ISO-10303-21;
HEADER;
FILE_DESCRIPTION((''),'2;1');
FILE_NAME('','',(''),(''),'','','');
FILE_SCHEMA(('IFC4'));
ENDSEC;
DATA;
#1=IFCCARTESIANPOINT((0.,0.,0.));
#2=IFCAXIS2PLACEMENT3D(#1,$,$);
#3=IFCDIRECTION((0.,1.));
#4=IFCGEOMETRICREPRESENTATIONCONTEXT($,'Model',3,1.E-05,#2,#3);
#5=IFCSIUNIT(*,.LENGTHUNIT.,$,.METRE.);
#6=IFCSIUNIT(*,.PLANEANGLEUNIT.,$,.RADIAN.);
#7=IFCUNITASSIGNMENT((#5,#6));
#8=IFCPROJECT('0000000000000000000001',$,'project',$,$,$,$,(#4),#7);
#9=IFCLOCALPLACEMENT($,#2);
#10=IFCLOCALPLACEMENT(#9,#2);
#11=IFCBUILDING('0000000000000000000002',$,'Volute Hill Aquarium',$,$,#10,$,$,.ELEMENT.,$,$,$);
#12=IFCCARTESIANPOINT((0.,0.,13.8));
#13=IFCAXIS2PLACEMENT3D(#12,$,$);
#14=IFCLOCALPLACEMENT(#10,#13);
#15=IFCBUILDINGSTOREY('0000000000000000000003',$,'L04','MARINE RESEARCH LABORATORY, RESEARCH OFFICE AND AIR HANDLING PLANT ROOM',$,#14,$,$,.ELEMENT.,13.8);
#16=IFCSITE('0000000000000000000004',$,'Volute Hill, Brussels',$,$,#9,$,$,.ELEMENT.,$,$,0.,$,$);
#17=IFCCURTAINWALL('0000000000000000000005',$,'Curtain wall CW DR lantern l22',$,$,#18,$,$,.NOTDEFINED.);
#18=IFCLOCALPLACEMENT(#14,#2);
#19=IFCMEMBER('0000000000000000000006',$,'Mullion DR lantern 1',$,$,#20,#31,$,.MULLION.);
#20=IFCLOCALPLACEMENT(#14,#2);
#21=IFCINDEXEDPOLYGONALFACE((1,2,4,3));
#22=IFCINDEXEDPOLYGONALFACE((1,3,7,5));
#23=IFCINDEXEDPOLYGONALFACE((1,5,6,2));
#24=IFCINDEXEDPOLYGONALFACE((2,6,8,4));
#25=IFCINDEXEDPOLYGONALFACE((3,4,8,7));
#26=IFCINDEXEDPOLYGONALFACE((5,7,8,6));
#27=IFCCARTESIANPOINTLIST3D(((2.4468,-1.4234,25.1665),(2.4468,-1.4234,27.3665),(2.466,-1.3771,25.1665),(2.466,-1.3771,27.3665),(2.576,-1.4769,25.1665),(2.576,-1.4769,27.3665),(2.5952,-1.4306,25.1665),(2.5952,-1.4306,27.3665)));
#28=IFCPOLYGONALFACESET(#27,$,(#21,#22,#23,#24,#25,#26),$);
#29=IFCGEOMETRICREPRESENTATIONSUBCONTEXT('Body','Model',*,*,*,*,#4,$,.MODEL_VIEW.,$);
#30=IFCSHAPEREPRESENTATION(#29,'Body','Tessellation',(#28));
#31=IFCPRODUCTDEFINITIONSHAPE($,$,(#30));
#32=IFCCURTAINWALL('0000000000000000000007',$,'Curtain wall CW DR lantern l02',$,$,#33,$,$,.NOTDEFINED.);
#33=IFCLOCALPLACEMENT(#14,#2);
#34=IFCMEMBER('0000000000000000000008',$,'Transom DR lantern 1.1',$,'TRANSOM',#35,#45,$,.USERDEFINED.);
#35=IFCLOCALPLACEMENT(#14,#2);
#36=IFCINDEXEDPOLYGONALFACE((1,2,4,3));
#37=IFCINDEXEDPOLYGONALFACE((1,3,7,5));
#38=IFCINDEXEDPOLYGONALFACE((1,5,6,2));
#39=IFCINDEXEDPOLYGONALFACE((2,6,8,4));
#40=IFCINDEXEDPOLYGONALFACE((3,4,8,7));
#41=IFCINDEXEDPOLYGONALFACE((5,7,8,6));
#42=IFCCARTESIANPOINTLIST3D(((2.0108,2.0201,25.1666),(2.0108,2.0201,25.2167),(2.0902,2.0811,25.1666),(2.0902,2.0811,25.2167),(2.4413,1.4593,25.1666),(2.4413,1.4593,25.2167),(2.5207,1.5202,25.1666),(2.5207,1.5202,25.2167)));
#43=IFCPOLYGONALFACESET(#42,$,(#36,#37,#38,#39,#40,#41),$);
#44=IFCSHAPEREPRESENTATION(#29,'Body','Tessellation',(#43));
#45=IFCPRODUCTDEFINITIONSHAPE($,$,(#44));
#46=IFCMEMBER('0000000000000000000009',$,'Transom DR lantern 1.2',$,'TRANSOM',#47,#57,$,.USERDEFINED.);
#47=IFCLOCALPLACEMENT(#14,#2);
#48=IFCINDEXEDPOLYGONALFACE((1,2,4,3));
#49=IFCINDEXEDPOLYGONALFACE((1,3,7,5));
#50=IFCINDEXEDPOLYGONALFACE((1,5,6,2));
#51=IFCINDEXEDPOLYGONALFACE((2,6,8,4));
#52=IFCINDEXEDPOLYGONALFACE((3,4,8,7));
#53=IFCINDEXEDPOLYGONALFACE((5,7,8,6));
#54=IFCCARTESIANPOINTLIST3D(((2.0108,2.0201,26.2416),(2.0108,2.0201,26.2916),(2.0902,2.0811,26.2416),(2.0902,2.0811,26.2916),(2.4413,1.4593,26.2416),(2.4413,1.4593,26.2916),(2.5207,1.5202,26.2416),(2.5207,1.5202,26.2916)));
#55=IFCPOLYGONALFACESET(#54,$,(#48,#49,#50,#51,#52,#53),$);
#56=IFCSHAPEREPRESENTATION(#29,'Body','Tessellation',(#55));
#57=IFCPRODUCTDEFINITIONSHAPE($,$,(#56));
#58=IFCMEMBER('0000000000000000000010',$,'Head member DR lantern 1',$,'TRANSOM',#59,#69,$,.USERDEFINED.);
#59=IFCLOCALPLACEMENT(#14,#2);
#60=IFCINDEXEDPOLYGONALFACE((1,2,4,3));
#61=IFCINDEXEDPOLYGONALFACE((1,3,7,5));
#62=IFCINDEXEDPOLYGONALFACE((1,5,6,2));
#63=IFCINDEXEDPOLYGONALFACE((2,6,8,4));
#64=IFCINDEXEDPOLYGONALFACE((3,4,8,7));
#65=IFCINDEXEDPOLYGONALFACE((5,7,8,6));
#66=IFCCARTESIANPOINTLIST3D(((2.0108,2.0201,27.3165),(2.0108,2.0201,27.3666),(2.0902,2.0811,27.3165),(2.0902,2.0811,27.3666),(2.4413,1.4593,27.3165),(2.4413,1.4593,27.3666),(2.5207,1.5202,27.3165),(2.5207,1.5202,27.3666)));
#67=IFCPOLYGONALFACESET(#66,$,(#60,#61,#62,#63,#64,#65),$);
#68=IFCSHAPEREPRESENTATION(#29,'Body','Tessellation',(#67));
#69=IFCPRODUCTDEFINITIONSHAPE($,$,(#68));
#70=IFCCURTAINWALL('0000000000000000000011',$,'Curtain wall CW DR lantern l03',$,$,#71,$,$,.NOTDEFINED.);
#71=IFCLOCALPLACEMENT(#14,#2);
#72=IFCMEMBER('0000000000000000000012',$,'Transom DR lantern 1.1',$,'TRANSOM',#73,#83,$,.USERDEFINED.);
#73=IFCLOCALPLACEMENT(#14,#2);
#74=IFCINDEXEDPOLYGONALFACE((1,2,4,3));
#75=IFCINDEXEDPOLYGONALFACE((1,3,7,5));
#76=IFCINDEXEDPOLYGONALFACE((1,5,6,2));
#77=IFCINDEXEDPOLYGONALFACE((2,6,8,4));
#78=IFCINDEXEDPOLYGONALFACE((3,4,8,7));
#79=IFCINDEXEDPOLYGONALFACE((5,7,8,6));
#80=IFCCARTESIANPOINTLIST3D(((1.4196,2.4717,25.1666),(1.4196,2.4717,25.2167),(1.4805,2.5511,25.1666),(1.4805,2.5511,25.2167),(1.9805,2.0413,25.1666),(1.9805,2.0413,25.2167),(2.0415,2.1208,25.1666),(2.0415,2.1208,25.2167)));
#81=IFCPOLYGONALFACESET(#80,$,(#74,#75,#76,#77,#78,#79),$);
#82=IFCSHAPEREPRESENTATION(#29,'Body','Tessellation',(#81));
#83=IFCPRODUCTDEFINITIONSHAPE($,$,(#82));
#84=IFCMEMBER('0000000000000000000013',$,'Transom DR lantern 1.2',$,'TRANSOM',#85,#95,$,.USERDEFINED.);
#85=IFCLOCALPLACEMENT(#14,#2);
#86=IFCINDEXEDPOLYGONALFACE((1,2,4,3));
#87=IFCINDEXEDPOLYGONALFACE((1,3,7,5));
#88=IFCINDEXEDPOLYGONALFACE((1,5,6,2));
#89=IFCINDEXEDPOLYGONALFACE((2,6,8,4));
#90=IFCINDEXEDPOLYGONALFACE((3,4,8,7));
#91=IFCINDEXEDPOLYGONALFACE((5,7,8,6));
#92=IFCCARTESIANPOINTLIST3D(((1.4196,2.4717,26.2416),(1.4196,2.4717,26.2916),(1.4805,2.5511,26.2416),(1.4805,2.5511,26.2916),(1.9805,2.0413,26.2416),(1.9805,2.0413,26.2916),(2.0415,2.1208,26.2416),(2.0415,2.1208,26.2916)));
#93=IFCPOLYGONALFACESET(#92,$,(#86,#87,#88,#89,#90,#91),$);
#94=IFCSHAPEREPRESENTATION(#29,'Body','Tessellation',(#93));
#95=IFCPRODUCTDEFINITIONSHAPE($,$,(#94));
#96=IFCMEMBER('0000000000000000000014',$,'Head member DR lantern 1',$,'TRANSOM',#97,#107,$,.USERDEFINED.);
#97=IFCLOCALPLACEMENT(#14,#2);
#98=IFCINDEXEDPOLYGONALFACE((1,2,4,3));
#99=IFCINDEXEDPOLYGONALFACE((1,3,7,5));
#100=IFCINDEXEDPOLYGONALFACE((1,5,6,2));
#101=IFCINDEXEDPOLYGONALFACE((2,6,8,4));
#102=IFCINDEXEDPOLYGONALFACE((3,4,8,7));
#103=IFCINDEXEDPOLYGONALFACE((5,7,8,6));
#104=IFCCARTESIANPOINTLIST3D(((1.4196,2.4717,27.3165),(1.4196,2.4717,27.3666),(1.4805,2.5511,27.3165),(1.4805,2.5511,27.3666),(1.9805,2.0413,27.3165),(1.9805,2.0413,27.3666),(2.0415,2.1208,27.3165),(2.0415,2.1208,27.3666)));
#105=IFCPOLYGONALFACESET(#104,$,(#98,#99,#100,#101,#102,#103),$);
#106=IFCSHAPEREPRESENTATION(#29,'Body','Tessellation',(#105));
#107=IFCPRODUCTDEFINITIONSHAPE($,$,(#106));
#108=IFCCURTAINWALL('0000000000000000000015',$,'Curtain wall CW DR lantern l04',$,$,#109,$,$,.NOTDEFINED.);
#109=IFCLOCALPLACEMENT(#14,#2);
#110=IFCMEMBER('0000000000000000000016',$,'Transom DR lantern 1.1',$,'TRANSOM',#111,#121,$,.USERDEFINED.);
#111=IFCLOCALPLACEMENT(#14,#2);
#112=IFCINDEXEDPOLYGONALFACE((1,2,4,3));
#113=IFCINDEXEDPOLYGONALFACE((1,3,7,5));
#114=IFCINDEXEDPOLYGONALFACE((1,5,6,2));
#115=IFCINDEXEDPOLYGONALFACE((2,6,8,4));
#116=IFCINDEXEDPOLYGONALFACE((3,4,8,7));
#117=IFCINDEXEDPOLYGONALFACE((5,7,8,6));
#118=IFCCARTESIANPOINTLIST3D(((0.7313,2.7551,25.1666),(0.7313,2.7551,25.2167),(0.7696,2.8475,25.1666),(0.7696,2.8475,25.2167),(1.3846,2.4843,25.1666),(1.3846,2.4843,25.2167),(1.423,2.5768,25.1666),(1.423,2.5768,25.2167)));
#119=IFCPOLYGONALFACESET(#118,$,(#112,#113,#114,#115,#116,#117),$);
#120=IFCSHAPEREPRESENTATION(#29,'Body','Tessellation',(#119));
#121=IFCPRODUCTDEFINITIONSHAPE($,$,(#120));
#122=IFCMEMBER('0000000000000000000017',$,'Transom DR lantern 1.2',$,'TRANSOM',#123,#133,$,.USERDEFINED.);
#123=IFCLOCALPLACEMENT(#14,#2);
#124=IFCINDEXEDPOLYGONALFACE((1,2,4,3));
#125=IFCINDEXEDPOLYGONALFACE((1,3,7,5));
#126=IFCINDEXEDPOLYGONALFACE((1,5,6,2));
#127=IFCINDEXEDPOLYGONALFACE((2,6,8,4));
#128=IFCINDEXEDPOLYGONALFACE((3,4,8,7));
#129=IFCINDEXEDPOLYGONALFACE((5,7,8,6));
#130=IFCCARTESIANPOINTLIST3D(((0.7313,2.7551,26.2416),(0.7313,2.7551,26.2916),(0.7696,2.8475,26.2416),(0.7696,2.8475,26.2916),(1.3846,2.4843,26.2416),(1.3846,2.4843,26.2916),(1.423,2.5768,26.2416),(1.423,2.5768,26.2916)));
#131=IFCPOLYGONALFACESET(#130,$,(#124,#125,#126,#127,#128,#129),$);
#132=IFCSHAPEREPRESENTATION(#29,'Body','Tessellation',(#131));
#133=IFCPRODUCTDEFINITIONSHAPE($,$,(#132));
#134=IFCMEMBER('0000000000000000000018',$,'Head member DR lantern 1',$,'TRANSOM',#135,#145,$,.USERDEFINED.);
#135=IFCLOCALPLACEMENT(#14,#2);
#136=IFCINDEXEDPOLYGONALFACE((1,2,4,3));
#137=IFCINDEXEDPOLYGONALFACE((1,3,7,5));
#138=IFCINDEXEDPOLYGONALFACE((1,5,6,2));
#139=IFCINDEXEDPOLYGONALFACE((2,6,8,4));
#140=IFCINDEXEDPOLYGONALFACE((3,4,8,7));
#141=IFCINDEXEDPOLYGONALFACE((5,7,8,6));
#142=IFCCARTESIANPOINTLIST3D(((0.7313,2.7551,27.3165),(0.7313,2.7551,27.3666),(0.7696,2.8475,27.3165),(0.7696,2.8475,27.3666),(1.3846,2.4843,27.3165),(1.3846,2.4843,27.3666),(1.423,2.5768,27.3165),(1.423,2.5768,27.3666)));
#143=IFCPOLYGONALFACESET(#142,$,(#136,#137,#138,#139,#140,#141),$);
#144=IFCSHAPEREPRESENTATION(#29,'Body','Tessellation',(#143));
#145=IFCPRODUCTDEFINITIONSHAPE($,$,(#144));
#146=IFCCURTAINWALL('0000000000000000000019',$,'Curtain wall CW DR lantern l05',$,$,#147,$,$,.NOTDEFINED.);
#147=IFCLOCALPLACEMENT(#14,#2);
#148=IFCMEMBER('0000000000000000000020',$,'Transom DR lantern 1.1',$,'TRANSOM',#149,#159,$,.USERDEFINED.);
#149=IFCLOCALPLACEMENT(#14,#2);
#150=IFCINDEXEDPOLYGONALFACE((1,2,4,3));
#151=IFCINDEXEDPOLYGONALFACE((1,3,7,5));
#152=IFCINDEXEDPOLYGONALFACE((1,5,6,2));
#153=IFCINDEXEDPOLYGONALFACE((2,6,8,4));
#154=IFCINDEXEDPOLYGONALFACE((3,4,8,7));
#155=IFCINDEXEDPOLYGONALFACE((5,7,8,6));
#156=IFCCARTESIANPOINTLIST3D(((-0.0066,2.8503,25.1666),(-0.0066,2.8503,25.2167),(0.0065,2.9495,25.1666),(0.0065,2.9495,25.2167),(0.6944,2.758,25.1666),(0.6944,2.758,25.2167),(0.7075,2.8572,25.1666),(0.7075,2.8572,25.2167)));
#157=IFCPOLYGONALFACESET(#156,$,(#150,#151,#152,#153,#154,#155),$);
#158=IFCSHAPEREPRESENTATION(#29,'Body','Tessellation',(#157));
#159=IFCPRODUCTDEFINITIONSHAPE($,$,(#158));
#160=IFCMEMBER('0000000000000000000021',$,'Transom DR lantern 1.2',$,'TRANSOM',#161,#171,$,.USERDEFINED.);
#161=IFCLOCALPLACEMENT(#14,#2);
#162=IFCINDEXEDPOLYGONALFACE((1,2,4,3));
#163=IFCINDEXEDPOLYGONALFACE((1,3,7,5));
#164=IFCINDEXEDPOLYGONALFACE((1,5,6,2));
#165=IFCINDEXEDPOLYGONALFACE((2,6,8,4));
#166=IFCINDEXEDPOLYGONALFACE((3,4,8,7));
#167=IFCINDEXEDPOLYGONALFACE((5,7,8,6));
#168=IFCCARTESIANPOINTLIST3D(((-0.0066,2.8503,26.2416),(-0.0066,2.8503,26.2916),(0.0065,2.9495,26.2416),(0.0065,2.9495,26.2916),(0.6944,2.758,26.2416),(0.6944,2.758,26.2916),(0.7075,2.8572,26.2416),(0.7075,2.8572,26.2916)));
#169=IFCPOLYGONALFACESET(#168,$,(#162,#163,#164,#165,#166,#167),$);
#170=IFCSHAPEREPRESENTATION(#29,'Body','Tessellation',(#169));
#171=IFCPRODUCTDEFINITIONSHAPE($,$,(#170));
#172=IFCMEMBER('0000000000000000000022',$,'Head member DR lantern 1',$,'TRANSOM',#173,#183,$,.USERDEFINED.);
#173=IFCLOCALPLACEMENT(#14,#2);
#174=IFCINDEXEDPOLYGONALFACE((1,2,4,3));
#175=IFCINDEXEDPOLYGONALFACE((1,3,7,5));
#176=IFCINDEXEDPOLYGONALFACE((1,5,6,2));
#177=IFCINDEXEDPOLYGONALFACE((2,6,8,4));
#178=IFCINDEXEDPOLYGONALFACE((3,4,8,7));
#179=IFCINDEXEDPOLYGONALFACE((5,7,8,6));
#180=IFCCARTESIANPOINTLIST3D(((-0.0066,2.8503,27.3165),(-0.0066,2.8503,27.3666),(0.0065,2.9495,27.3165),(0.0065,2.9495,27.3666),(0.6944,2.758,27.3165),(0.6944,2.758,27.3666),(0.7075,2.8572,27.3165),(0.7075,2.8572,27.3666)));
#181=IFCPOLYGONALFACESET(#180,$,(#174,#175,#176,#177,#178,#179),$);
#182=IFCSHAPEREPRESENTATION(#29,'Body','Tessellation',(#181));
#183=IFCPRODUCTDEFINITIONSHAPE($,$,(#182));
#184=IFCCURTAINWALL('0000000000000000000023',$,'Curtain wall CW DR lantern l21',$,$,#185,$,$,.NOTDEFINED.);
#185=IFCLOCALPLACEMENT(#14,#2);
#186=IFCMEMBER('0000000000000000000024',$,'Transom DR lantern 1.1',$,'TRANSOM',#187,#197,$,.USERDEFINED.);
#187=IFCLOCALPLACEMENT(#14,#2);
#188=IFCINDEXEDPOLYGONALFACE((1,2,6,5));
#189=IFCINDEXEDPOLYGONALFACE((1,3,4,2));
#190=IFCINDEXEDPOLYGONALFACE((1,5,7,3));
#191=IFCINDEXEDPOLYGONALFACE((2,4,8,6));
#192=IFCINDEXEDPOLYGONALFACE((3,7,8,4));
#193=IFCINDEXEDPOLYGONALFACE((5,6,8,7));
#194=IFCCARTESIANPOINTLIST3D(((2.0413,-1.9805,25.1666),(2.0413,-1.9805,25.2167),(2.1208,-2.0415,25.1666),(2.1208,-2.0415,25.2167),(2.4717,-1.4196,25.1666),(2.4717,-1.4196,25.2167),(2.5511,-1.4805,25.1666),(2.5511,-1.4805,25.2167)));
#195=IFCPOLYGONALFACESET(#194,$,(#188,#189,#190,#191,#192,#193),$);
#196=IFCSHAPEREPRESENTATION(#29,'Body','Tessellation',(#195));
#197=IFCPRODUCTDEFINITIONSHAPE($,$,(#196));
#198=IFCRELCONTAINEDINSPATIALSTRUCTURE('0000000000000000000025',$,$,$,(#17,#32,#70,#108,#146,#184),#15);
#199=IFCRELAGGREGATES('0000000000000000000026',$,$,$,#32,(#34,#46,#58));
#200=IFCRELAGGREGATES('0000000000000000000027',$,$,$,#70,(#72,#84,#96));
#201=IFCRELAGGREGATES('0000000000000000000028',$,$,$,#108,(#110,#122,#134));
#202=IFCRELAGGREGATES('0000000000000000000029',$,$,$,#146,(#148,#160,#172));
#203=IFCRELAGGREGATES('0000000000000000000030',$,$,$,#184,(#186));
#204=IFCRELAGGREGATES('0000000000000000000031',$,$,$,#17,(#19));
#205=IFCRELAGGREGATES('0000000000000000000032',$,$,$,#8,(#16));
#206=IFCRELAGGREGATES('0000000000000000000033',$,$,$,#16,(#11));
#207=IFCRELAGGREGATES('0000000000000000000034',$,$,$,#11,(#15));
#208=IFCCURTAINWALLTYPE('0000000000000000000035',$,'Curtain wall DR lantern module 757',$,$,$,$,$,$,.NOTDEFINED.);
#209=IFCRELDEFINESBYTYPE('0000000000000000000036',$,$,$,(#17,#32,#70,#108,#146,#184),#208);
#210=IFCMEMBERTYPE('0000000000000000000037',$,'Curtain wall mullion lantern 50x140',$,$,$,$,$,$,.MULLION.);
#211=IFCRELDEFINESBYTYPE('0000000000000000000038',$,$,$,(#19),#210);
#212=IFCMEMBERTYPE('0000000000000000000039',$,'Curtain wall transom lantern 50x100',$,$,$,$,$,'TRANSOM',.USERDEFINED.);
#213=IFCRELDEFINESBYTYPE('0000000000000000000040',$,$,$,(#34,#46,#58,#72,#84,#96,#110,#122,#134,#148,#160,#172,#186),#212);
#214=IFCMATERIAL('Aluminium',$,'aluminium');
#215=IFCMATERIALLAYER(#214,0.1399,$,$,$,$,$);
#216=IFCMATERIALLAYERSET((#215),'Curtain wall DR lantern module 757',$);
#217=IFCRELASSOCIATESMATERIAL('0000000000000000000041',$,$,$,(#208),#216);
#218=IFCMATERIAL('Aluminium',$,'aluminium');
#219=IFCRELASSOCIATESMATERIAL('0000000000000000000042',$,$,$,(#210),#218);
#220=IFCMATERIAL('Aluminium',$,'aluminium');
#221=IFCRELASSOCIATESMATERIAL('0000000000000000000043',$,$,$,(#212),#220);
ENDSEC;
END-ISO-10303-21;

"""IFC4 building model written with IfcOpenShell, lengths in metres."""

from ifc_helpers import new_model, si_unit, direction, frame, origin, origin_2d, place, context, subcontext, project, spatial, rectangle, extrude, material, layer, layer_set, material_profile, profile_set, type_object, element, aggregate, save


model = new_model("IFC4")

# Units and contexts
model_context = context("Model", 3, precision=1e-05, world=origin(), true_north=direction((0.0, 1.0)))
body_context = subcontext(model_context, "Body", "Model", "MODEL_VIEW")
ifc_project = project(units=[si_unit("LENGTHUNIT", "METRE"), si_unit("PLANEANGLEUNIT", "RADIAN")], contexts=[model_context])

# Site, building, storey
site_placement = place(None, origin())
site = spatial("IfcSite", under=ifc_project, at=site_placement, Name="Volute Hill, Brussels", CompositionType="ELEMENT", RefElevation=0.0)
building_placement = place(site_placement, origin())
building = spatial("IfcBuilding", under=site, at=building_placement, Name="Volute Hill Aquarium", CompositionType="ELEMENT")
storey_placement = place(building_placement, frame((0.0, 0.0, 13.8)))
storey = spatial("IfcBuildingStorey", under=building, at=storey_placement, Name="L04", Description="MARINE RESEARCH LABORATORY, RESEARCH OFFICE AND AIR HANDLING PLANT ROOM", CompositionType="ELEMENT", Elevation=13.8)

# Curtain wall, member
ifc_material_1 = material(Name="Aluminium", Category="aluminium")
ifc_layer_1 = layer(ifc_material_1, 0.1399)
ifc_layer_set_1 = layer_set([ifc_layer_1], Name="Curtain wall DR lantern module 757")
curtain_wall_type = type_object("IfcCurtainWallType", Name="Curtain wall DR lantern module 757", PredefinedType="NOTDEFINED", material=ifc_layer_set_1)
curtain_wall_1_placement = place(storey_placement, origin())
curtain_wall_1 = element("IfcCurtainWall", 1, at=curtain_wall_1_placement, inside=storey, type_object=curtain_wall_type, Name="Curtain wall CW DR lantern l22", PredefinedType="NOTDEFINED")
ifc_material_2 = material(Name="Aluminium", Category="aluminium")
ifc_material_profile_1 = material_profile(ifc_material_2, rectangle(XDim=0.1399, YDim=0.05, at=origin_2d()), Name="Curtain wall mullion lantern 50x140")
ifc_profile_set_1 = profile_set([ifc_material_profile_1], Name="Aluminium")
member_type_1 = type_object("IfcMemberType", Name="Curtain wall mullion lantern 50x140", PredefinedType="MULLION", material=ifc_profile_set_1)
member_1_placement = place(storey_placement, frame((2.521, -1.427, 25.1665), z_axis=(0.0, 0.0, 1.0), x_axis=(-0.92388, 0.382682, 0.0)))
member_1 = element("IfcMember", 2, at=member_1_placement, type_object=member_type_1, Name="Mullion DR lantern 1", PredefinedType="MULLION", context=body_context, shape_type="SweptSolid", body=[
    extrude(rectangle(XDim=0.1399, YDim=0.05, at=origin_2d()), origin(), (0.0, 0.0, 1.0), 2.2),
])

# Curtain walls, members
curtain_wall_2_placement = place(storey_placement, origin())
curtain_wall_2 = element("IfcCurtainWall", 3, at=curtain_wall_2_placement, inside=storey, type_object=curtain_wall_type, Name="Curtain wall CW DR lantern l02", PredefinedType="NOTDEFINED")
ifc_material_3 = material(Name="Aluminium", Category="aluminium")
ifc_material_profile_2 = material_profile(ifc_material_3, rectangle(XDim=0.1001, YDim=0.05, at=origin_2d()), Name="Curtain wall transom lantern 50x100")
ifc_profile_set_2 = profile_set([ifc_material_profile_2], Name="Aluminium")
member_type_2 = type_object("IfcMemberType", Name="Curtain wall transom lantern 50x100", ElementType="TRANSOM", PredefinedType="USERDEFINED", material=ifc_profile_set_2)
member_2_placement = place(storey_placement, frame((2.481, 1.4897, 25.1917), z_axis=(-0.608859, 0.793278, 0.0), x_axis=(-0.793278, -0.608859, 0.0)))
member_2 = element("IfcMember", 4, at=member_2_placement, type_object=member_type_2, Name="Transom DR lantern 1.1", ObjectType="TRANSOM", PredefinedType="USERDEFINED", context=body_context, shape_type="SweptSolid", body=[
    extrude(rectangle(XDim=0.1001, YDim=0.05, at=origin_2d()), origin(), (0.0, 0.0, 1.0), 0.707),
])
member_3_placement = place(storey_placement, frame((2.481, 1.4897, 26.2666), z_axis=(-0.608859, 0.793278, 0.0), x_axis=(-0.793278, -0.608859, 0.0)))
member_3 = element("IfcMember", 5, at=member_3_placement, type_object=member_type_2, Name="Transom DR lantern 1.2", ObjectType="TRANSOM", PredefinedType="USERDEFINED", context=body_context, shape_type="SweptSolid", body=[
    extrude(rectangle(XDim=0.1001, YDim=0.05, at=origin_2d()), origin(), (0.0, 0.0, 1.0), 0.707),
])
member_4_placement = place(storey_placement, frame((2.481, 1.4897, 27.3416), z_axis=(-0.608859, 0.793278, 0.0), x_axis=(-0.793278, -0.608859, 0.0)))
member_4 = element("IfcMember", 6, at=member_4_placement, type_object=member_type_2, Name="Head member DR lantern 1", ObjectType="TRANSOM", PredefinedType="USERDEFINED", context=body_context, shape_type="SweptSolid", body=[
    extrude(rectangle(XDim=0.1001, YDim=0.05, at=origin_2d()), origin(), (0.0, 0.0, 1.0), 0.707),
])
curtain_wall_3_placement = place(storey_placement, origin())
curtain_wall_3 = element("IfcCurtainWall", 7, at=curtain_wall_3_placement, inside=storey, type_object=curtain_wall_type, Name="Curtain wall CW DR lantern l03", PredefinedType="NOTDEFINED")
member_5_placement = place(storey_placement, frame((2.011, 2.0811, 25.1917), z_axis=(-0.793406, 0.608692, 0.0), x_axis=(-0.608692, -0.793406, 0.0)))
member_5 = element("IfcMember", 8, at=member_5_placement, type_object=member_type_2, Name="Transom DR lantern 1.1", ObjectType="TRANSOM", PredefinedType="USERDEFINED", context=body_context, shape_type="SweptSolid", body=[
    extrude(rectangle(XDim=0.1001, YDim=0.05, at=origin_2d()), origin(), (0.0, 0.0, 1.0), 0.707),
])
member_6_placement = place(storey_placement, frame((2.011, 2.0811, 26.2666), z_axis=(-0.793406, 0.608692, 0.0), x_axis=(-0.608692, -0.793406, 0.0)))
member_6 = element("IfcMember", 9, at=member_6_placement, type_object=member_type_2, Name="Transom DR lantern 1.2", ObjectType="TRANSOM", PredefinedType="USERDEFINED", context=body_context, shape_type="SweptSolid", body=[
    extrude(rectangle(XDim=0.1001, YDim=0.05, at=origin_2d()), origin(), (0.0, 0.0, 1.0), 0.707),
])
member_7_placement = place(storey_placement, frame((2.011, 2.0811, 27.3416), z_axis=(-0.793406, 0.608692, 0.0), x_axis=(-0.608692, -0.793406, 0.0)))
member_7 = element("IfcMember", 10, at=member_7_placement, type_object=member_type_2, Name="Head member DR lantern 1", ObjectType="TRANSOM", PredefinedType="USERDEFINED", context=body_context, shape_type="SweptSolid", body=[
    extrude(rectangle(XDim=0.1001, YDim=0.05, at=origin_2d()), origin(), (0.0, 0.0, 1.0), 0.707),
])
curtain_wall_4_placement = place(storey_placement, origin())
curtain_wall_4 = element("IfcCurtainWall", 11, at=curtain_wall_4_placement, inside=storey, type_object=curtain_wall_type, Name="Curtain wall CW DR lantern l04", PredefinedType="NOTDEFINED")
member_8_placement = place(storey_placement, frame((1.4038, 2.5305, 25.1917), z_axis=(-0.923811, 0.38285, 0.0), x_axis=(-0.38285, -0.923811, 0.0)))
member_8 = element("IfcMember", 12, at=member_8_placement, type_object=member_type_2, Name="Transom DR lantern 1.1", ObjectType="TRANSOM", PredefinedType="USERDEFINED", context=body_context, shape_type="SweptSolid", body=[
    extrude(rectangle(XDim=0.1001, YDim=0.05, at=origin_2d()), origin(), (0.0, 0.0, 1.0), 0.7073),
])
member_9_placement = place(storey_placement, frame((1.4038, 2.5305, 26.2666), z_axis=(-0.923811, 0.38285, 0.0), x_axis=(-0.38285, -0.923811, 0.0)))
member_9 = element("IfcMember", 13, at=member_9_placement, type_object=member_type_2, Name="Transom DR lantern 1.2", ObjectType="TRANSOM", PredefinedType="USERDEFINED", context=body_context, shape_type="SweptSolid", body=[
    extrude(rectangle(XDim=0.1001, YDim=0.05, at=origin_2d()), origin(), (0.0, 0.0, 1.0), 0.7073),
])
member_10_placement = place(storey_placement, frame((1.4038, 2.5305, 27.3416), z_axis=(-0.923811, 0.38285, 0.0), x_axis=(-0.38285, -0.923811, 0.0)))
member_10 = element("IfcMember", 14, at=member_10_placement, type_object=member_type_2, Name="Head member DR lantern 1", ObjectType="TRANSOM", PredefinedType="USERDEFINED", context=body_context, shape_type="SweptSolid", body=[
    extrude(rectangle(XDim=0.1001, YDim=0.05, at=origin_2d()), origin(), (0.0, 0.0, 1.0), 0.7073),
])
curtain_wall_5_placement = place(storey_placement, origin())
curtain_wall_5 = element("IfcCurtainWall", 15, at=curtain_wall_5_placement, inside=storey, type_object=curtain_wall_type, Name="Curtain wall CW DR lantern l05", PredefinedType="NOTDEFINED")
member_11_placement = place(storey_placement, frame((0.7009, 2.8076, 25.1917), z_axis=(-0.991444, 0.130535, 0.0), x_axis=(-0.130535, -0.991444, 0.0)))
member_11 = element("IfcMember", 16, at=member_11_placement, type_object=member_type_2, Name="Transom DR lantern 1.1", ObjectType="TRANSOM", PredefinedType="USERDEFINED", context=body_context, shape_type="SweptSolid", body=[
    extrude(rectangle(XDim=0.1001, YDim=0.05, at=origin_2d()), origin(), (0.0, 0.0, 1.0), 0.707),
])
member_12_placement = place(storey_placement, frame((0.7009, 2.8076, 26.2666), z_axis=(-0.991444, 0.130535, 0.0), x_axis=(-0.130535, -0.991444, 0.0)))
member_12 = element("IfcMember", 17, at=member_12_placement, type_object=member_type_2, Name="Transom DR lantern 1.2", ObjectType="TRANSOM", PredefinedType="USERDEFINED", context=body_context, shape_type="SweptSolid", body=[
    extrude(rectangle(XDim=0.1001, YDim=0.05, at=origin_2d()), origin(), (0.0, 0.0, 1.0), 0.707),
])
member_13_placement = place(storey_placement, frame((0.7009, 2.8076, 27.3416), z_axis=(-0.991444, 0.130535, 0.0), x_axis=(-0.130535, -0.991444, 0.0)))
member_13 = element("IfcMember", 18, at=member_13_placement, type_object=member_type_2, Name="Head member DR lantern 1", ObjectType="TRANSOM", PredefinedType="USERDEFINED", context=body_context, shape_type="SweptSolid", body=[
    extrude(rectangle(XDim=0.1001, YDim=0.05, at=origin_2d()), origin(), (0.0, 0.0, 1.0), 0.707),
])
curtain_wall_6_placement = place(storey_placement, origin())
curtain_wall_6 = element("IfcCurtainWall", 19, at=curtain_wall_6_placement, inside=storey, type_object=curtain_wall_type, Name="Curtain wall CW DR lantern l21", PredefinedType="NOTDEFINED")
member_14_placement = place(storey_placement, frame((2.0811, -2.011, 25.1917), z_axis=(0.608692, 0.793406, 0.0), x_axis=(-0.793406, 0.608692, 0.0)))
member_14 = element("IfcMember", 20, at=member_14_placement, type_object=member_type_2, Name="Transom DR lantern 1.1", ObjectType="TRANSOM", PredefinedType="USERDEFINED", context=body_context, shape_type="SweptSolid", body=[
    extrude(rectangle(XDim=0.1001, YDim=0.05, at=origin_2d()), origin(), (0.0, 0.0, 1.0), 0.707),
])

aggregate(curtain_wall_2, [member_2, member_3, member_4])
aggregate(curtain_wall_3, [member_5, member_6, member_7])
aggregate(curtain_wall_4, [member_8, member_9, member_10])
aggregate(curtain_wall_5, [member_11, member_12, member_13])
aggregate(curtain_wall_6, [member_14])
aggregate(curtain_wall_1, [member_1])

save(model, "model.ifc")
